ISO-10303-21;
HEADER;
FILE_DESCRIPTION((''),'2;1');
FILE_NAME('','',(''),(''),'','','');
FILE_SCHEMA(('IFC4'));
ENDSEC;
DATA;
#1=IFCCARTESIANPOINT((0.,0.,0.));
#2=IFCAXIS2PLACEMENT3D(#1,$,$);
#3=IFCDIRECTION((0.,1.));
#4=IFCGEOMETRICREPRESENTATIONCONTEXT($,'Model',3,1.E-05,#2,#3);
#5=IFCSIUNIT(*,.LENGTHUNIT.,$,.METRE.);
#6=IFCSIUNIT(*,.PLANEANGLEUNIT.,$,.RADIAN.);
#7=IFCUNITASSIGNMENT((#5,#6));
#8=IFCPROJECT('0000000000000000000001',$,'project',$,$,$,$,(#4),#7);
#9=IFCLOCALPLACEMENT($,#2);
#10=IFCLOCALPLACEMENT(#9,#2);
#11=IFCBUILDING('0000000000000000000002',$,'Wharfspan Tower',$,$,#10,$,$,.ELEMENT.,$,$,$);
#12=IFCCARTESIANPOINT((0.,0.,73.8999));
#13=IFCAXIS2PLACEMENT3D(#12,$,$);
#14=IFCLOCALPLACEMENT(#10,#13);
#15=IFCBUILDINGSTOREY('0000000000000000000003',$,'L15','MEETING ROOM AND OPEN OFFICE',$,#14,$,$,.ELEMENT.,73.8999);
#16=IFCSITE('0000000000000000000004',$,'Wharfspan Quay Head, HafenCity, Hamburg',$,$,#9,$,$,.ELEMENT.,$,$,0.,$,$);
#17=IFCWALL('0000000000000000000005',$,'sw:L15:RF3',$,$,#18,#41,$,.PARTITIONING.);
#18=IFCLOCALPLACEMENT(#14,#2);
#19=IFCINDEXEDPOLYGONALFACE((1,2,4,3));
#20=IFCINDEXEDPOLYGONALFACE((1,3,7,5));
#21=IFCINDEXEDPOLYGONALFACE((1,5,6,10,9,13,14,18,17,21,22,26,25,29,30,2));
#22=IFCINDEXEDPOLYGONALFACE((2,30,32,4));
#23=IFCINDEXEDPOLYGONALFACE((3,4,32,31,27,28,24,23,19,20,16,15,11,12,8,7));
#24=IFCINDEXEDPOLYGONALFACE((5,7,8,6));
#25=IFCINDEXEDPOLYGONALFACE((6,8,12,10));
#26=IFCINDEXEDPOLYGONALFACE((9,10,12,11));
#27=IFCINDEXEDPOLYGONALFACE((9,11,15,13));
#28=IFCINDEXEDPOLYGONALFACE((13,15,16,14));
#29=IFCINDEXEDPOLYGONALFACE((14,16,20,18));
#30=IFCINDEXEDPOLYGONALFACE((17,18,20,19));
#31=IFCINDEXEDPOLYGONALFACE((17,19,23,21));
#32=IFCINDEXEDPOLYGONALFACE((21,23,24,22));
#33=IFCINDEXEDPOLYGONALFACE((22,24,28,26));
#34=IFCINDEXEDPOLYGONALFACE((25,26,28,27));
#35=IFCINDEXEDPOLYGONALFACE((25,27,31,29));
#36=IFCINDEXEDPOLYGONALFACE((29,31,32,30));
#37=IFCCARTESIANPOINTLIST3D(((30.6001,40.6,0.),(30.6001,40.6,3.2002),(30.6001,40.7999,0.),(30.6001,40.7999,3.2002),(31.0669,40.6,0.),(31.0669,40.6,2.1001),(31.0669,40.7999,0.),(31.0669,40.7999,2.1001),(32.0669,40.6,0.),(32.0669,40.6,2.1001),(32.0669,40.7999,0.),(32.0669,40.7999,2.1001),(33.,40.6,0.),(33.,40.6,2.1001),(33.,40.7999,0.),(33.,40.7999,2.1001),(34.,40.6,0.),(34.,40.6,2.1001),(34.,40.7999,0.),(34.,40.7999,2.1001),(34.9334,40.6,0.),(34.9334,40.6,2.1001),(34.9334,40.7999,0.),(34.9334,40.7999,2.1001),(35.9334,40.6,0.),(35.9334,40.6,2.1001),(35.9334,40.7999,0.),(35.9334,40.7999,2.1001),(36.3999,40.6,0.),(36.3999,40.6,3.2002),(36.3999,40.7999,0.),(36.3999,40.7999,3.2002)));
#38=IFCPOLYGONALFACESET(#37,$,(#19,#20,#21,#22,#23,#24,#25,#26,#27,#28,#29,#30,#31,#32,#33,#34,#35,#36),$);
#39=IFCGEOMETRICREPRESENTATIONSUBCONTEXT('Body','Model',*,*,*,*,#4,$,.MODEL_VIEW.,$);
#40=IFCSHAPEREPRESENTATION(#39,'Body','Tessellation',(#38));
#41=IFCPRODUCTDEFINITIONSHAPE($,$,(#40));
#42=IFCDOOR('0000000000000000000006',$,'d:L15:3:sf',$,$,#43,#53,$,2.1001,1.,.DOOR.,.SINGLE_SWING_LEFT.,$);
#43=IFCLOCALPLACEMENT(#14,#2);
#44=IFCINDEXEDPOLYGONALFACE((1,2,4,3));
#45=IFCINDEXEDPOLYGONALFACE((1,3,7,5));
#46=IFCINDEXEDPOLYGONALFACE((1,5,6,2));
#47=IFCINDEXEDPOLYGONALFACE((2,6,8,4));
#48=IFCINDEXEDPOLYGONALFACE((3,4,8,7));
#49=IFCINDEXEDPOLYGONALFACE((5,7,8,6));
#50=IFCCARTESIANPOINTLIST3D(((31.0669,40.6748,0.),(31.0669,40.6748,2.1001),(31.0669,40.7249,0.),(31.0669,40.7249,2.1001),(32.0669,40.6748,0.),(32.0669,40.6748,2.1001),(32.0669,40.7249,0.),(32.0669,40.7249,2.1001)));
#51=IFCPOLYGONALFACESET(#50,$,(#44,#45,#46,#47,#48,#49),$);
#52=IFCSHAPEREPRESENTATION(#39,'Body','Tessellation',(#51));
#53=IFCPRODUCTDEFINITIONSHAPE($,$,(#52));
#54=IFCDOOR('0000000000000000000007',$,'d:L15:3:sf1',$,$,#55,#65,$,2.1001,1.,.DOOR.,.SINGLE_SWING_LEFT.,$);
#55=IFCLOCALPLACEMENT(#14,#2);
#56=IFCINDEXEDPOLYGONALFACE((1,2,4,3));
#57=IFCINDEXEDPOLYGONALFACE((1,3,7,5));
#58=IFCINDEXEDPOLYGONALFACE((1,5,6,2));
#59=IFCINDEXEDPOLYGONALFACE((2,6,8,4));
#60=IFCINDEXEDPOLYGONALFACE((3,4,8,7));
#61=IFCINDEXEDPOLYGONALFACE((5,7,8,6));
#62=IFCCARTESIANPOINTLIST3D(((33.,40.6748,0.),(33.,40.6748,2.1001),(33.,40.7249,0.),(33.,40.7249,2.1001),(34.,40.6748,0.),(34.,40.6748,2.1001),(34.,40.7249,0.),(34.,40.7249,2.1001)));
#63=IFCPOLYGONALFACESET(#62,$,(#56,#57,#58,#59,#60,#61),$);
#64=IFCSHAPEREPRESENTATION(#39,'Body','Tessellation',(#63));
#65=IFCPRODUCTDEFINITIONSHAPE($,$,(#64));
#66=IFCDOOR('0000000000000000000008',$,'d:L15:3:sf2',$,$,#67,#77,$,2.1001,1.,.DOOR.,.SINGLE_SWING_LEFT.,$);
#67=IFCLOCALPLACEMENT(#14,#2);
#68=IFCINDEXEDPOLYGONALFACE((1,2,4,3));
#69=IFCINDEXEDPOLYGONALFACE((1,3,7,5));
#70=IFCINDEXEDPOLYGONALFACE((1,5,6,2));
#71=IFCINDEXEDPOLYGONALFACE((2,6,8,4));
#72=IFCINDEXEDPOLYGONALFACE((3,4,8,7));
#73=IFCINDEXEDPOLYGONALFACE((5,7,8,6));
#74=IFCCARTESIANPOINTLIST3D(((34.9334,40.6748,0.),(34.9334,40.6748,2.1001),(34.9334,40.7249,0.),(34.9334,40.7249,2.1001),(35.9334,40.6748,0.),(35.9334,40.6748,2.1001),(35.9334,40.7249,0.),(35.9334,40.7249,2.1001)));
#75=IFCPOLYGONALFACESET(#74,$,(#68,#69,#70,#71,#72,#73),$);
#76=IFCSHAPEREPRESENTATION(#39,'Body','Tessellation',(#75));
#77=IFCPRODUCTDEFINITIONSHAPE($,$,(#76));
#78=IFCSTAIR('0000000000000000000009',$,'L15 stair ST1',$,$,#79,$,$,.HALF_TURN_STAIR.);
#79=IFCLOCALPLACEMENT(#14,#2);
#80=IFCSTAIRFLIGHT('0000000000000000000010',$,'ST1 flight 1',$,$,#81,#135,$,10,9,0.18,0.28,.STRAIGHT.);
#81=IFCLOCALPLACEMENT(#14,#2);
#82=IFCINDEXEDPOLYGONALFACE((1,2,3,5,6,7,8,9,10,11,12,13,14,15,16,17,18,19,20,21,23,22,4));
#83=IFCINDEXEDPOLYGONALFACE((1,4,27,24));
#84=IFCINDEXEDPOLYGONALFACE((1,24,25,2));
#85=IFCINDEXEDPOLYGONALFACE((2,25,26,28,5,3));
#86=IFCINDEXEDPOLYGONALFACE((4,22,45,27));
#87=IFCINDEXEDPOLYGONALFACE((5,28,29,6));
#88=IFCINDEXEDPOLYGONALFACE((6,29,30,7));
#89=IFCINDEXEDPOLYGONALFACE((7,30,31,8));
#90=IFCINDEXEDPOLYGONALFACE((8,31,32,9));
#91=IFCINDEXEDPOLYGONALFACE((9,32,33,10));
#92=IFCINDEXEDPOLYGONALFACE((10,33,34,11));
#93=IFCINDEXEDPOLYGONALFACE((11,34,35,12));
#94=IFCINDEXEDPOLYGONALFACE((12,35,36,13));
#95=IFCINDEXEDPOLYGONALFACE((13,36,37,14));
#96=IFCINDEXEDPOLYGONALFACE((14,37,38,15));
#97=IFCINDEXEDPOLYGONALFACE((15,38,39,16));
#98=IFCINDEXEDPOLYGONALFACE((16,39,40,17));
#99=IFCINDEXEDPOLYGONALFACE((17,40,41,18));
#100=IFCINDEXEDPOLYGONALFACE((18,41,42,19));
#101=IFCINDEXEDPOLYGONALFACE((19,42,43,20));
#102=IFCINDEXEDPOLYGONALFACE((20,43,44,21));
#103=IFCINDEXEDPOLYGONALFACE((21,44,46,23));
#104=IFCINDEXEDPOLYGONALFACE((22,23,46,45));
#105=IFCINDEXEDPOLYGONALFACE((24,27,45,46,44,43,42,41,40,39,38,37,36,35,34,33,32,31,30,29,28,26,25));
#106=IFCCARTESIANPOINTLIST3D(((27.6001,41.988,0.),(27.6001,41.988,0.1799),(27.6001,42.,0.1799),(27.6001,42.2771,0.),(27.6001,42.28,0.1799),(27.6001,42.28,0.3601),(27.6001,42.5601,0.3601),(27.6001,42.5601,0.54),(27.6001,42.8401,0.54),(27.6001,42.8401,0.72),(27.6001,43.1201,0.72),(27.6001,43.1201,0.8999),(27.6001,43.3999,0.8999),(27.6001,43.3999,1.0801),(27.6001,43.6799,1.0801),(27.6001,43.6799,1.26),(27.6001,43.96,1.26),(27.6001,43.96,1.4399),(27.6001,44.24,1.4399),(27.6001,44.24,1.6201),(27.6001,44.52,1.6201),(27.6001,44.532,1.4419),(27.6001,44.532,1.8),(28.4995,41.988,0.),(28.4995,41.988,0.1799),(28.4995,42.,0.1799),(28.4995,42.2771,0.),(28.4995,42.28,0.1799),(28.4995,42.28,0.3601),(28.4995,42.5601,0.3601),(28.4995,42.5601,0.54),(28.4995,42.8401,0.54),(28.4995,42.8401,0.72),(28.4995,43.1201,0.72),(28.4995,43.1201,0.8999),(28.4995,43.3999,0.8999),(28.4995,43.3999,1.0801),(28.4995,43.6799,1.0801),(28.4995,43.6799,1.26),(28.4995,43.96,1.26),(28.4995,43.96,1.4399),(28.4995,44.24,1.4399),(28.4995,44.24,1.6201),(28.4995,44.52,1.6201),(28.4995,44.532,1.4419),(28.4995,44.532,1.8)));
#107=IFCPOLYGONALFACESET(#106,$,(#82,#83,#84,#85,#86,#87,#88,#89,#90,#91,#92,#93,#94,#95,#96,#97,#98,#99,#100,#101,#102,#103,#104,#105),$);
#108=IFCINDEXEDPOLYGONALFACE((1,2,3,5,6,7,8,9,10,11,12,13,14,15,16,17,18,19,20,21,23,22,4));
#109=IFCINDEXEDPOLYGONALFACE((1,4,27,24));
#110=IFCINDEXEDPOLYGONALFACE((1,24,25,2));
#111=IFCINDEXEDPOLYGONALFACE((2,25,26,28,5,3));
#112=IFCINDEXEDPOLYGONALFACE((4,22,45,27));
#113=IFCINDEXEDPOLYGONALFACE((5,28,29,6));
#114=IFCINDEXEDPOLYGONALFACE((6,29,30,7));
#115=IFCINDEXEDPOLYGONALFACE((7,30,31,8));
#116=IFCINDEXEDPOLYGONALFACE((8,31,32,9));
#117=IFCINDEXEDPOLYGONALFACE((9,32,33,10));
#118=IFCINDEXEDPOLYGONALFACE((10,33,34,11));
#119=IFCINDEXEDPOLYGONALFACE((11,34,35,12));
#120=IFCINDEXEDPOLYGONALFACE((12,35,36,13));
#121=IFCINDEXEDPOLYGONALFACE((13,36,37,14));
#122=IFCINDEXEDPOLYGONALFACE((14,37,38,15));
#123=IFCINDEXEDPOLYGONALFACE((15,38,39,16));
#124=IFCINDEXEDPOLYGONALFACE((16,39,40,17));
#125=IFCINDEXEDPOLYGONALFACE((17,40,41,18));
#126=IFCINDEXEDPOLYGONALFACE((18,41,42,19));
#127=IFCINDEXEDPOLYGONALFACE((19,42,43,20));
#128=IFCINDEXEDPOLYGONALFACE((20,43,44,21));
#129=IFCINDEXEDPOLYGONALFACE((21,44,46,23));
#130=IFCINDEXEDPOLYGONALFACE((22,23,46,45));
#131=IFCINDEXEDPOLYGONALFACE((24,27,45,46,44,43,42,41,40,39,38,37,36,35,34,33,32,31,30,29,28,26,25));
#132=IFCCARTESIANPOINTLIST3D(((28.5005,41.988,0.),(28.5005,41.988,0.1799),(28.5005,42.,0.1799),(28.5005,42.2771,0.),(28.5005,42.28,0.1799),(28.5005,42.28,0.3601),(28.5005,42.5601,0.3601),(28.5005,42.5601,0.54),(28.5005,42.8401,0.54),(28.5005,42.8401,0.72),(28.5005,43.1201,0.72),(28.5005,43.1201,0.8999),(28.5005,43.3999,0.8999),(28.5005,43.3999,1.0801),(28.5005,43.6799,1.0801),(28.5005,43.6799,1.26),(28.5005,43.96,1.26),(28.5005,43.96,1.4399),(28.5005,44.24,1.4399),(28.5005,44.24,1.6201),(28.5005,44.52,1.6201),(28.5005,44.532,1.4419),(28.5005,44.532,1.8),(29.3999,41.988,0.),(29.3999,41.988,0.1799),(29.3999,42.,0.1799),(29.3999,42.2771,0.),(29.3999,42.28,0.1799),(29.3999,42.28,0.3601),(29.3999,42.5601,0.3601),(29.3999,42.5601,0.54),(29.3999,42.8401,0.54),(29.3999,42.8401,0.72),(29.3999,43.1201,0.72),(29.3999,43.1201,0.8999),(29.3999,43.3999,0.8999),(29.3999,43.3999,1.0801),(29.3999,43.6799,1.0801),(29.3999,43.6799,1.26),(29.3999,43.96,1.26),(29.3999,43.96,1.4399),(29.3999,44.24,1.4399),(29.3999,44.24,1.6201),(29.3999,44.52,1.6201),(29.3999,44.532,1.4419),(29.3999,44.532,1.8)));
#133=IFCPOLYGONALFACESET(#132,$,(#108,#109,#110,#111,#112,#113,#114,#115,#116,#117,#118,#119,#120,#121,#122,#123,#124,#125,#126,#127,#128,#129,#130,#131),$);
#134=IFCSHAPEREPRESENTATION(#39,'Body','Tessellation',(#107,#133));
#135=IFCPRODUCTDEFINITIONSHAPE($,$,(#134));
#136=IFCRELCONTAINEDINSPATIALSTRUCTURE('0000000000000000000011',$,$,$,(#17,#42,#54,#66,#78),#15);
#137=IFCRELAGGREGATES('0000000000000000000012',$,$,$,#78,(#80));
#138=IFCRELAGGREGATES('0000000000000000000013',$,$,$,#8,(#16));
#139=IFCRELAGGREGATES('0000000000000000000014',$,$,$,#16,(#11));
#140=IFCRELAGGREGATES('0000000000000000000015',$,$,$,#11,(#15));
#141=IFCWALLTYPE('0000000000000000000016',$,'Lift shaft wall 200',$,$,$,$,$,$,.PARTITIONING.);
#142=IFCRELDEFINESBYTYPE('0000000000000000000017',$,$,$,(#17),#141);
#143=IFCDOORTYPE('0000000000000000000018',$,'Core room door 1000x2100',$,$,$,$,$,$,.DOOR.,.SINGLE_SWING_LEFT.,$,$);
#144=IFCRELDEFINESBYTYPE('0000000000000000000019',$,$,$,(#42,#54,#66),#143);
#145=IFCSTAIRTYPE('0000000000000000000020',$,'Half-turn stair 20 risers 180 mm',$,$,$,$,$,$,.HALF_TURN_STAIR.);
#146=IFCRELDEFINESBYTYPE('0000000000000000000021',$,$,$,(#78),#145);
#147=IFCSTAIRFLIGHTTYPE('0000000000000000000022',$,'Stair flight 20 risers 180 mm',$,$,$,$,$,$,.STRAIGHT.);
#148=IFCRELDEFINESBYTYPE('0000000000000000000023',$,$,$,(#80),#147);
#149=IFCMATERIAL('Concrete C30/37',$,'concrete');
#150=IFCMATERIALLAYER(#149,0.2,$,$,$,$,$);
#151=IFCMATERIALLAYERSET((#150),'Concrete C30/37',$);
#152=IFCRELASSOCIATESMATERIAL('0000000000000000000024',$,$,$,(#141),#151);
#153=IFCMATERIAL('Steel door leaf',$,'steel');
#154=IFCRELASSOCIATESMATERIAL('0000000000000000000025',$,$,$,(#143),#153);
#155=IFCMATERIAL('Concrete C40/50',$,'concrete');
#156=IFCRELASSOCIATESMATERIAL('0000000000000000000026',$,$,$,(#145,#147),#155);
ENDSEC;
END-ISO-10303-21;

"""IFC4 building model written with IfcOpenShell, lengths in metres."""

from ifc_helpers import new_model, si_unit, direction, frame, frame_2d, origin, place, context, subcontext, project, spatial, polyline, rectangle, outline, extrude, material, layer, layer_set, type_object, element, fill, aggregate, save


model = new_model("IFC4")

# Units and contexts
model_context = context("Model", 3, precision=1e-05, world=origin(), true_north=direction((0.0, 1.0)))
body_context = subcontext(model_context, "Body", "Model", "MODEL_VIEW")
ifc_project = project(units=[si_unit("LENGTHUNIT", "METRE"), si_unit("PLANEANGLEUNIT", "RADIAN")], contexts=[model_context])

# Site, building, storey
site_placement = place(None, origin())
site = spatial("IfcSite", under=ifc_project, at=site_placement, Name="Wharfspan Quay Head, HafenCity, Hamburg", CompositionType="ELEMENT", RefElevation=0.0)
building_placement = place(site_placement, origin())
building = spatial("IfcBuilding", under=site, at=building_placement, Name="Wharfspan Tower", CompositionType="ELEMENT")
storey_placement = place(building_placement, frame((0.0, 0.0, 73.8999)))
storey = spatial("IfcBuildingStorey", under=building, at=storey_placement, Name="L15", Description="MEETING ROOM AND OPEN OFFICE", CompositionType="ELEMENT", Elevation=73.8999)

# Wall, openings, doors
ifc_material_1 = material(Name="Concrete C30/37", Category="concrete")
ifc_layer_1 = layer(ifc_material_1, 0.2)
ifc_layer_set_1 = layer_set([ifc_layer_1], Name="Concrete C30/37")
wall_type_1 = type_object("IfcWallType", Name="Lift shaft wall 200", PredefinedType="PARTITIONING", material=ifc_layer_set_1)
wall_placement = place(storey_placement, frame((30.6001, 40.7, 0.0), z_axis=(0.0, 0.0, 1.0), x_axis=(1.0, 0.0, 0.0)))
wall = element("IfcWall", 1, at=wall_placement, inside=storey, type_object=wall_type_1, Name="sw:L15:RF3", PredefinedType="PARTITIONING", context=body_context, shape_type="SweptSolid", body=[
    extrude(rectangle(XDim=5.7998, YDim=0.2, at=frame_2d((2.8999, 0.0))), origin(), (0.0, 0.0, 1.0), 3.2002),
])
opening_1_placement = place(wall_placement, frame((0.4668, 0.0, 0.0)))
opening_1 = element("IfcOpeningElement", 2, at=opening_1_placement, cuts=wall, PredefinedType="OPENING", context=body_context, shape_type="SweptSolid", body=[
    extrude(rectangle(XDim=1.0, YDim=2.1001, at=frame_2d((0.5, 1.05))), frame((0.0, 0.1099, 0.0), z_axis=(0.0, -1.0, 0.0), x_axis=(1.0, 0.0, 0.0)), (0.0, 0.0, 1.0), 0.22),
])
opening_2_placement = place(wall_placement, frame((2.3999, 0.0, 0.0)))
opening_2 = element("IfcOpeningElement", 3, at=opening_2_placement, cuts=wall, PredefinedType="OPENING", context=body_context, shape_type="SweptSolid", body=[
    extrude(rectangle(XDim=1.0, YDim=2.1001, at=frame_2d((0.5, 1.05))), frame((0.0, 0.1099, 0.0), z_axis=(0.0, -1.0, 0.0), x_axis=(1.0, 0.0, 0.0)), (0.0, 0.0, 1.0), 0.22),
])
opening_3_placement = place(wall_placement, frame((4.3333, 0.0, 0.0)))
opening_3 = element("IfcOpeningElement", 4, at=opening_3_placement, cuts=wall, PredefinedType="OPENING", context=body_context, shape_type="SweptSolid", body=[
    extrude(rectangle(XDim=1.0, YDim=2.1001, at=frame_2d((0.5, 1.05))), frame((0.0, 0.1099, 0.0), z_axis=(0.0, -1.0, 0.0), x_axis=(1.0, 0.0, 0.0)), (0.0, 0.0, 1.0), 0.22),
])
ifc_material_2 = material(Name="Steel door leaf", Category="steel")
door_type = type_object("IfcDoorType", Name="Core room door 1000x2100", OperationType="SINGLE_SWING_LEFT", PredefinedType="DOOR", material=ifc_material_2)
door_1_placement = place(opening_1_placement, origin())
door_1 = element("IfcDoor", 5, at=door_1_placement, inside=storey, type_object=door_type, Name="d:L15:3:sf", OperationType="SINGLE_SWING_LEFT", OverallHeight=2.1001, OverallWidth=1.0, PredefinedType="DOOR", context=body_context, shape_type="SweptSolid", body=[
    extrude(rectangle(XDim=1.0, YDim=2.1001, at=frame_2d((0.5, 1.05))), frame((0.0, 0.0249, 0.0), z_axis=(0.0, -1.0, 0.0), x_axis=(1.0, 0.0, 0.0)), (0.0, 0.0, 1.0), 0.05),
])
fill(opening_1, door_1)
door_2_placement = place(opening_2_placement, origin())
door_2 = element("IfcDoor", 6, at=door_2_placement, inside=storey, type_object=door_type, Name="d:L15:3:sf1", OperationType="SINGLE_SWING_LEFT", OverallHeight=2.1001, OverallWidth=1.0, PredefinedType="DOOR", context=body_context, shape_type="SweptSolid", body=[
    extrude(rectangle(XDim=1.0, YDim=2.1001, at=frame_2d((0.5, 1.05))), frame((0.0, 0.0249, 0.0), z_axis=(0.0, -1.0, 0.0), x_axis=(1.0, 0.0, 0.0)), (0.0, 0.0, 1.0), 0.05),
])
fill(opening_2, door_2)
door_3_placement = place(opening_3_placement, origin())
door_3 = element("IfcDoor", 7, at=door_3_placement, inside=storey, type_object=door_type, Name="d:L15:3:sf2", OperationType="SINGLE_SWING_LEFT", OverallHeight=2.1001, OverallWidth=1.0, PredefinedType="DOOR", context=body_context, shape_type="SweptSolid", body=[
    extrude(rectangle(XDim=1.0, YDim=2.1001, at=frame_2d((0.5, 1.05))), frame((0.0, 0.0249, 0.0), z_axis=(0.0, -1.0, 0.0), x_axis=(1.0, 0.0, 0.0)), (0.0, 0.0, 1.0), 0.05),
])
fill(opening_3, door_3)

# Stair, stair flight
ifc_material_3 = material(Name="Concrete C40/50", Category="concrete")
stair_type = type_object("IfcStairType", Name="Half-turn stair 20 risers 180 mm", PredefinedType="HALF_TURN_STAIR", material=ifc_material_3)
stair_placement = place(storey_placement, origin())
stair = element("IfcStair", 8, at=stair_placement, inside=storey, type_object=stair_type, Name="L15 stair ST1", PredefinedType="HALF_TURN_STAIR")
stair_flight_type = type_object("IfcStairFlightType", Name="Stair flight 20 risers 180 mm", PredefinedType="STRAIGHT", material=ifc_material_3)
stair_flight_placement = place(storey_placement, frame((28.5, 42.0, 0.0), z_axis=(0.0, 0.0, 1.0), x_axis=(0.0, 1.0, 0.0)))
stair_flight = element("IfcStairFlight", 9, at=stair_flight_placement, type_object=stair_flight_type, Name="ST1 flight 1", NumberOfRisers=10, NumberOfTreads=9, PredefinedType="STRAIGHT", RiserHeight=0.18, TreadLength=0.28, context=body_context, shape_type="SweptSolid", body=[
    extrude(outline(polyline([(-0.012, 0.0), (-0.012, 0.1799), (0.0, 0.1799), (0.28, 0.1799), (0.28, 0.3601), (0.5601, 0.3601), (0.5601, 0.54), (0.8401, 0.54), (0.8401, 0.72), (1.1201, 0.72), (1.1201, 0.8999), (1.3999, 0.8999), (1.3999, 1.0801), (1.6799, 1.0801), (1.6799, 1.26), (1.96, 1.26), (1.96, 1.4399), (2.24, 1.4399), (2.24, 1.6201), (2.52, 1.6201), (2.532, 1.8), (2.532, 1.4419), (0.2771, 0.0), (-0.012, 0.0)])), frame((0.0, 0.8999, 0.0), z_axis=(0.0, -1.0, 0.0), x_axis=(1.0, 0.0, 0.0)), (0.0, 0.0, 1.0), 0.8994),
    extrude(outline(polyline([(-0.012, 0.0), (-0.012, 0.1799), (0.0, 0.1799), (0.28, 0.1799), (0.28, 0.3601), (0.5601, 0.3601), (0.5601, 0.54), (0.8401, 0.54), (0.8401, 0.72), (1.1201, 0.72), (1.1201, 0.8999), (1.3999, 0.8999), (1.3999, 1.0801), (1.6799, 1.0801), (1.6799, 1.26), (1.96, 1.26), (1.96, 1.4399), (2.24, 1.4399), (2.24, 1.6201), (2.52, 1.6201), (2.532, 1.8), (2.532, 1.4419), (0.2771, 0.0), (-0.012, 0.0)])), frame((0.0, -0.0005, 0.0), z_axis=(0.0, -1.0, 0.0), x_axis=(1.0, 0.0, 0.0)), (0.0, 0.0, 1.0), 0.8994),
])
aggregate(stair, [stair_flight])

save(model, "model.ifc")
